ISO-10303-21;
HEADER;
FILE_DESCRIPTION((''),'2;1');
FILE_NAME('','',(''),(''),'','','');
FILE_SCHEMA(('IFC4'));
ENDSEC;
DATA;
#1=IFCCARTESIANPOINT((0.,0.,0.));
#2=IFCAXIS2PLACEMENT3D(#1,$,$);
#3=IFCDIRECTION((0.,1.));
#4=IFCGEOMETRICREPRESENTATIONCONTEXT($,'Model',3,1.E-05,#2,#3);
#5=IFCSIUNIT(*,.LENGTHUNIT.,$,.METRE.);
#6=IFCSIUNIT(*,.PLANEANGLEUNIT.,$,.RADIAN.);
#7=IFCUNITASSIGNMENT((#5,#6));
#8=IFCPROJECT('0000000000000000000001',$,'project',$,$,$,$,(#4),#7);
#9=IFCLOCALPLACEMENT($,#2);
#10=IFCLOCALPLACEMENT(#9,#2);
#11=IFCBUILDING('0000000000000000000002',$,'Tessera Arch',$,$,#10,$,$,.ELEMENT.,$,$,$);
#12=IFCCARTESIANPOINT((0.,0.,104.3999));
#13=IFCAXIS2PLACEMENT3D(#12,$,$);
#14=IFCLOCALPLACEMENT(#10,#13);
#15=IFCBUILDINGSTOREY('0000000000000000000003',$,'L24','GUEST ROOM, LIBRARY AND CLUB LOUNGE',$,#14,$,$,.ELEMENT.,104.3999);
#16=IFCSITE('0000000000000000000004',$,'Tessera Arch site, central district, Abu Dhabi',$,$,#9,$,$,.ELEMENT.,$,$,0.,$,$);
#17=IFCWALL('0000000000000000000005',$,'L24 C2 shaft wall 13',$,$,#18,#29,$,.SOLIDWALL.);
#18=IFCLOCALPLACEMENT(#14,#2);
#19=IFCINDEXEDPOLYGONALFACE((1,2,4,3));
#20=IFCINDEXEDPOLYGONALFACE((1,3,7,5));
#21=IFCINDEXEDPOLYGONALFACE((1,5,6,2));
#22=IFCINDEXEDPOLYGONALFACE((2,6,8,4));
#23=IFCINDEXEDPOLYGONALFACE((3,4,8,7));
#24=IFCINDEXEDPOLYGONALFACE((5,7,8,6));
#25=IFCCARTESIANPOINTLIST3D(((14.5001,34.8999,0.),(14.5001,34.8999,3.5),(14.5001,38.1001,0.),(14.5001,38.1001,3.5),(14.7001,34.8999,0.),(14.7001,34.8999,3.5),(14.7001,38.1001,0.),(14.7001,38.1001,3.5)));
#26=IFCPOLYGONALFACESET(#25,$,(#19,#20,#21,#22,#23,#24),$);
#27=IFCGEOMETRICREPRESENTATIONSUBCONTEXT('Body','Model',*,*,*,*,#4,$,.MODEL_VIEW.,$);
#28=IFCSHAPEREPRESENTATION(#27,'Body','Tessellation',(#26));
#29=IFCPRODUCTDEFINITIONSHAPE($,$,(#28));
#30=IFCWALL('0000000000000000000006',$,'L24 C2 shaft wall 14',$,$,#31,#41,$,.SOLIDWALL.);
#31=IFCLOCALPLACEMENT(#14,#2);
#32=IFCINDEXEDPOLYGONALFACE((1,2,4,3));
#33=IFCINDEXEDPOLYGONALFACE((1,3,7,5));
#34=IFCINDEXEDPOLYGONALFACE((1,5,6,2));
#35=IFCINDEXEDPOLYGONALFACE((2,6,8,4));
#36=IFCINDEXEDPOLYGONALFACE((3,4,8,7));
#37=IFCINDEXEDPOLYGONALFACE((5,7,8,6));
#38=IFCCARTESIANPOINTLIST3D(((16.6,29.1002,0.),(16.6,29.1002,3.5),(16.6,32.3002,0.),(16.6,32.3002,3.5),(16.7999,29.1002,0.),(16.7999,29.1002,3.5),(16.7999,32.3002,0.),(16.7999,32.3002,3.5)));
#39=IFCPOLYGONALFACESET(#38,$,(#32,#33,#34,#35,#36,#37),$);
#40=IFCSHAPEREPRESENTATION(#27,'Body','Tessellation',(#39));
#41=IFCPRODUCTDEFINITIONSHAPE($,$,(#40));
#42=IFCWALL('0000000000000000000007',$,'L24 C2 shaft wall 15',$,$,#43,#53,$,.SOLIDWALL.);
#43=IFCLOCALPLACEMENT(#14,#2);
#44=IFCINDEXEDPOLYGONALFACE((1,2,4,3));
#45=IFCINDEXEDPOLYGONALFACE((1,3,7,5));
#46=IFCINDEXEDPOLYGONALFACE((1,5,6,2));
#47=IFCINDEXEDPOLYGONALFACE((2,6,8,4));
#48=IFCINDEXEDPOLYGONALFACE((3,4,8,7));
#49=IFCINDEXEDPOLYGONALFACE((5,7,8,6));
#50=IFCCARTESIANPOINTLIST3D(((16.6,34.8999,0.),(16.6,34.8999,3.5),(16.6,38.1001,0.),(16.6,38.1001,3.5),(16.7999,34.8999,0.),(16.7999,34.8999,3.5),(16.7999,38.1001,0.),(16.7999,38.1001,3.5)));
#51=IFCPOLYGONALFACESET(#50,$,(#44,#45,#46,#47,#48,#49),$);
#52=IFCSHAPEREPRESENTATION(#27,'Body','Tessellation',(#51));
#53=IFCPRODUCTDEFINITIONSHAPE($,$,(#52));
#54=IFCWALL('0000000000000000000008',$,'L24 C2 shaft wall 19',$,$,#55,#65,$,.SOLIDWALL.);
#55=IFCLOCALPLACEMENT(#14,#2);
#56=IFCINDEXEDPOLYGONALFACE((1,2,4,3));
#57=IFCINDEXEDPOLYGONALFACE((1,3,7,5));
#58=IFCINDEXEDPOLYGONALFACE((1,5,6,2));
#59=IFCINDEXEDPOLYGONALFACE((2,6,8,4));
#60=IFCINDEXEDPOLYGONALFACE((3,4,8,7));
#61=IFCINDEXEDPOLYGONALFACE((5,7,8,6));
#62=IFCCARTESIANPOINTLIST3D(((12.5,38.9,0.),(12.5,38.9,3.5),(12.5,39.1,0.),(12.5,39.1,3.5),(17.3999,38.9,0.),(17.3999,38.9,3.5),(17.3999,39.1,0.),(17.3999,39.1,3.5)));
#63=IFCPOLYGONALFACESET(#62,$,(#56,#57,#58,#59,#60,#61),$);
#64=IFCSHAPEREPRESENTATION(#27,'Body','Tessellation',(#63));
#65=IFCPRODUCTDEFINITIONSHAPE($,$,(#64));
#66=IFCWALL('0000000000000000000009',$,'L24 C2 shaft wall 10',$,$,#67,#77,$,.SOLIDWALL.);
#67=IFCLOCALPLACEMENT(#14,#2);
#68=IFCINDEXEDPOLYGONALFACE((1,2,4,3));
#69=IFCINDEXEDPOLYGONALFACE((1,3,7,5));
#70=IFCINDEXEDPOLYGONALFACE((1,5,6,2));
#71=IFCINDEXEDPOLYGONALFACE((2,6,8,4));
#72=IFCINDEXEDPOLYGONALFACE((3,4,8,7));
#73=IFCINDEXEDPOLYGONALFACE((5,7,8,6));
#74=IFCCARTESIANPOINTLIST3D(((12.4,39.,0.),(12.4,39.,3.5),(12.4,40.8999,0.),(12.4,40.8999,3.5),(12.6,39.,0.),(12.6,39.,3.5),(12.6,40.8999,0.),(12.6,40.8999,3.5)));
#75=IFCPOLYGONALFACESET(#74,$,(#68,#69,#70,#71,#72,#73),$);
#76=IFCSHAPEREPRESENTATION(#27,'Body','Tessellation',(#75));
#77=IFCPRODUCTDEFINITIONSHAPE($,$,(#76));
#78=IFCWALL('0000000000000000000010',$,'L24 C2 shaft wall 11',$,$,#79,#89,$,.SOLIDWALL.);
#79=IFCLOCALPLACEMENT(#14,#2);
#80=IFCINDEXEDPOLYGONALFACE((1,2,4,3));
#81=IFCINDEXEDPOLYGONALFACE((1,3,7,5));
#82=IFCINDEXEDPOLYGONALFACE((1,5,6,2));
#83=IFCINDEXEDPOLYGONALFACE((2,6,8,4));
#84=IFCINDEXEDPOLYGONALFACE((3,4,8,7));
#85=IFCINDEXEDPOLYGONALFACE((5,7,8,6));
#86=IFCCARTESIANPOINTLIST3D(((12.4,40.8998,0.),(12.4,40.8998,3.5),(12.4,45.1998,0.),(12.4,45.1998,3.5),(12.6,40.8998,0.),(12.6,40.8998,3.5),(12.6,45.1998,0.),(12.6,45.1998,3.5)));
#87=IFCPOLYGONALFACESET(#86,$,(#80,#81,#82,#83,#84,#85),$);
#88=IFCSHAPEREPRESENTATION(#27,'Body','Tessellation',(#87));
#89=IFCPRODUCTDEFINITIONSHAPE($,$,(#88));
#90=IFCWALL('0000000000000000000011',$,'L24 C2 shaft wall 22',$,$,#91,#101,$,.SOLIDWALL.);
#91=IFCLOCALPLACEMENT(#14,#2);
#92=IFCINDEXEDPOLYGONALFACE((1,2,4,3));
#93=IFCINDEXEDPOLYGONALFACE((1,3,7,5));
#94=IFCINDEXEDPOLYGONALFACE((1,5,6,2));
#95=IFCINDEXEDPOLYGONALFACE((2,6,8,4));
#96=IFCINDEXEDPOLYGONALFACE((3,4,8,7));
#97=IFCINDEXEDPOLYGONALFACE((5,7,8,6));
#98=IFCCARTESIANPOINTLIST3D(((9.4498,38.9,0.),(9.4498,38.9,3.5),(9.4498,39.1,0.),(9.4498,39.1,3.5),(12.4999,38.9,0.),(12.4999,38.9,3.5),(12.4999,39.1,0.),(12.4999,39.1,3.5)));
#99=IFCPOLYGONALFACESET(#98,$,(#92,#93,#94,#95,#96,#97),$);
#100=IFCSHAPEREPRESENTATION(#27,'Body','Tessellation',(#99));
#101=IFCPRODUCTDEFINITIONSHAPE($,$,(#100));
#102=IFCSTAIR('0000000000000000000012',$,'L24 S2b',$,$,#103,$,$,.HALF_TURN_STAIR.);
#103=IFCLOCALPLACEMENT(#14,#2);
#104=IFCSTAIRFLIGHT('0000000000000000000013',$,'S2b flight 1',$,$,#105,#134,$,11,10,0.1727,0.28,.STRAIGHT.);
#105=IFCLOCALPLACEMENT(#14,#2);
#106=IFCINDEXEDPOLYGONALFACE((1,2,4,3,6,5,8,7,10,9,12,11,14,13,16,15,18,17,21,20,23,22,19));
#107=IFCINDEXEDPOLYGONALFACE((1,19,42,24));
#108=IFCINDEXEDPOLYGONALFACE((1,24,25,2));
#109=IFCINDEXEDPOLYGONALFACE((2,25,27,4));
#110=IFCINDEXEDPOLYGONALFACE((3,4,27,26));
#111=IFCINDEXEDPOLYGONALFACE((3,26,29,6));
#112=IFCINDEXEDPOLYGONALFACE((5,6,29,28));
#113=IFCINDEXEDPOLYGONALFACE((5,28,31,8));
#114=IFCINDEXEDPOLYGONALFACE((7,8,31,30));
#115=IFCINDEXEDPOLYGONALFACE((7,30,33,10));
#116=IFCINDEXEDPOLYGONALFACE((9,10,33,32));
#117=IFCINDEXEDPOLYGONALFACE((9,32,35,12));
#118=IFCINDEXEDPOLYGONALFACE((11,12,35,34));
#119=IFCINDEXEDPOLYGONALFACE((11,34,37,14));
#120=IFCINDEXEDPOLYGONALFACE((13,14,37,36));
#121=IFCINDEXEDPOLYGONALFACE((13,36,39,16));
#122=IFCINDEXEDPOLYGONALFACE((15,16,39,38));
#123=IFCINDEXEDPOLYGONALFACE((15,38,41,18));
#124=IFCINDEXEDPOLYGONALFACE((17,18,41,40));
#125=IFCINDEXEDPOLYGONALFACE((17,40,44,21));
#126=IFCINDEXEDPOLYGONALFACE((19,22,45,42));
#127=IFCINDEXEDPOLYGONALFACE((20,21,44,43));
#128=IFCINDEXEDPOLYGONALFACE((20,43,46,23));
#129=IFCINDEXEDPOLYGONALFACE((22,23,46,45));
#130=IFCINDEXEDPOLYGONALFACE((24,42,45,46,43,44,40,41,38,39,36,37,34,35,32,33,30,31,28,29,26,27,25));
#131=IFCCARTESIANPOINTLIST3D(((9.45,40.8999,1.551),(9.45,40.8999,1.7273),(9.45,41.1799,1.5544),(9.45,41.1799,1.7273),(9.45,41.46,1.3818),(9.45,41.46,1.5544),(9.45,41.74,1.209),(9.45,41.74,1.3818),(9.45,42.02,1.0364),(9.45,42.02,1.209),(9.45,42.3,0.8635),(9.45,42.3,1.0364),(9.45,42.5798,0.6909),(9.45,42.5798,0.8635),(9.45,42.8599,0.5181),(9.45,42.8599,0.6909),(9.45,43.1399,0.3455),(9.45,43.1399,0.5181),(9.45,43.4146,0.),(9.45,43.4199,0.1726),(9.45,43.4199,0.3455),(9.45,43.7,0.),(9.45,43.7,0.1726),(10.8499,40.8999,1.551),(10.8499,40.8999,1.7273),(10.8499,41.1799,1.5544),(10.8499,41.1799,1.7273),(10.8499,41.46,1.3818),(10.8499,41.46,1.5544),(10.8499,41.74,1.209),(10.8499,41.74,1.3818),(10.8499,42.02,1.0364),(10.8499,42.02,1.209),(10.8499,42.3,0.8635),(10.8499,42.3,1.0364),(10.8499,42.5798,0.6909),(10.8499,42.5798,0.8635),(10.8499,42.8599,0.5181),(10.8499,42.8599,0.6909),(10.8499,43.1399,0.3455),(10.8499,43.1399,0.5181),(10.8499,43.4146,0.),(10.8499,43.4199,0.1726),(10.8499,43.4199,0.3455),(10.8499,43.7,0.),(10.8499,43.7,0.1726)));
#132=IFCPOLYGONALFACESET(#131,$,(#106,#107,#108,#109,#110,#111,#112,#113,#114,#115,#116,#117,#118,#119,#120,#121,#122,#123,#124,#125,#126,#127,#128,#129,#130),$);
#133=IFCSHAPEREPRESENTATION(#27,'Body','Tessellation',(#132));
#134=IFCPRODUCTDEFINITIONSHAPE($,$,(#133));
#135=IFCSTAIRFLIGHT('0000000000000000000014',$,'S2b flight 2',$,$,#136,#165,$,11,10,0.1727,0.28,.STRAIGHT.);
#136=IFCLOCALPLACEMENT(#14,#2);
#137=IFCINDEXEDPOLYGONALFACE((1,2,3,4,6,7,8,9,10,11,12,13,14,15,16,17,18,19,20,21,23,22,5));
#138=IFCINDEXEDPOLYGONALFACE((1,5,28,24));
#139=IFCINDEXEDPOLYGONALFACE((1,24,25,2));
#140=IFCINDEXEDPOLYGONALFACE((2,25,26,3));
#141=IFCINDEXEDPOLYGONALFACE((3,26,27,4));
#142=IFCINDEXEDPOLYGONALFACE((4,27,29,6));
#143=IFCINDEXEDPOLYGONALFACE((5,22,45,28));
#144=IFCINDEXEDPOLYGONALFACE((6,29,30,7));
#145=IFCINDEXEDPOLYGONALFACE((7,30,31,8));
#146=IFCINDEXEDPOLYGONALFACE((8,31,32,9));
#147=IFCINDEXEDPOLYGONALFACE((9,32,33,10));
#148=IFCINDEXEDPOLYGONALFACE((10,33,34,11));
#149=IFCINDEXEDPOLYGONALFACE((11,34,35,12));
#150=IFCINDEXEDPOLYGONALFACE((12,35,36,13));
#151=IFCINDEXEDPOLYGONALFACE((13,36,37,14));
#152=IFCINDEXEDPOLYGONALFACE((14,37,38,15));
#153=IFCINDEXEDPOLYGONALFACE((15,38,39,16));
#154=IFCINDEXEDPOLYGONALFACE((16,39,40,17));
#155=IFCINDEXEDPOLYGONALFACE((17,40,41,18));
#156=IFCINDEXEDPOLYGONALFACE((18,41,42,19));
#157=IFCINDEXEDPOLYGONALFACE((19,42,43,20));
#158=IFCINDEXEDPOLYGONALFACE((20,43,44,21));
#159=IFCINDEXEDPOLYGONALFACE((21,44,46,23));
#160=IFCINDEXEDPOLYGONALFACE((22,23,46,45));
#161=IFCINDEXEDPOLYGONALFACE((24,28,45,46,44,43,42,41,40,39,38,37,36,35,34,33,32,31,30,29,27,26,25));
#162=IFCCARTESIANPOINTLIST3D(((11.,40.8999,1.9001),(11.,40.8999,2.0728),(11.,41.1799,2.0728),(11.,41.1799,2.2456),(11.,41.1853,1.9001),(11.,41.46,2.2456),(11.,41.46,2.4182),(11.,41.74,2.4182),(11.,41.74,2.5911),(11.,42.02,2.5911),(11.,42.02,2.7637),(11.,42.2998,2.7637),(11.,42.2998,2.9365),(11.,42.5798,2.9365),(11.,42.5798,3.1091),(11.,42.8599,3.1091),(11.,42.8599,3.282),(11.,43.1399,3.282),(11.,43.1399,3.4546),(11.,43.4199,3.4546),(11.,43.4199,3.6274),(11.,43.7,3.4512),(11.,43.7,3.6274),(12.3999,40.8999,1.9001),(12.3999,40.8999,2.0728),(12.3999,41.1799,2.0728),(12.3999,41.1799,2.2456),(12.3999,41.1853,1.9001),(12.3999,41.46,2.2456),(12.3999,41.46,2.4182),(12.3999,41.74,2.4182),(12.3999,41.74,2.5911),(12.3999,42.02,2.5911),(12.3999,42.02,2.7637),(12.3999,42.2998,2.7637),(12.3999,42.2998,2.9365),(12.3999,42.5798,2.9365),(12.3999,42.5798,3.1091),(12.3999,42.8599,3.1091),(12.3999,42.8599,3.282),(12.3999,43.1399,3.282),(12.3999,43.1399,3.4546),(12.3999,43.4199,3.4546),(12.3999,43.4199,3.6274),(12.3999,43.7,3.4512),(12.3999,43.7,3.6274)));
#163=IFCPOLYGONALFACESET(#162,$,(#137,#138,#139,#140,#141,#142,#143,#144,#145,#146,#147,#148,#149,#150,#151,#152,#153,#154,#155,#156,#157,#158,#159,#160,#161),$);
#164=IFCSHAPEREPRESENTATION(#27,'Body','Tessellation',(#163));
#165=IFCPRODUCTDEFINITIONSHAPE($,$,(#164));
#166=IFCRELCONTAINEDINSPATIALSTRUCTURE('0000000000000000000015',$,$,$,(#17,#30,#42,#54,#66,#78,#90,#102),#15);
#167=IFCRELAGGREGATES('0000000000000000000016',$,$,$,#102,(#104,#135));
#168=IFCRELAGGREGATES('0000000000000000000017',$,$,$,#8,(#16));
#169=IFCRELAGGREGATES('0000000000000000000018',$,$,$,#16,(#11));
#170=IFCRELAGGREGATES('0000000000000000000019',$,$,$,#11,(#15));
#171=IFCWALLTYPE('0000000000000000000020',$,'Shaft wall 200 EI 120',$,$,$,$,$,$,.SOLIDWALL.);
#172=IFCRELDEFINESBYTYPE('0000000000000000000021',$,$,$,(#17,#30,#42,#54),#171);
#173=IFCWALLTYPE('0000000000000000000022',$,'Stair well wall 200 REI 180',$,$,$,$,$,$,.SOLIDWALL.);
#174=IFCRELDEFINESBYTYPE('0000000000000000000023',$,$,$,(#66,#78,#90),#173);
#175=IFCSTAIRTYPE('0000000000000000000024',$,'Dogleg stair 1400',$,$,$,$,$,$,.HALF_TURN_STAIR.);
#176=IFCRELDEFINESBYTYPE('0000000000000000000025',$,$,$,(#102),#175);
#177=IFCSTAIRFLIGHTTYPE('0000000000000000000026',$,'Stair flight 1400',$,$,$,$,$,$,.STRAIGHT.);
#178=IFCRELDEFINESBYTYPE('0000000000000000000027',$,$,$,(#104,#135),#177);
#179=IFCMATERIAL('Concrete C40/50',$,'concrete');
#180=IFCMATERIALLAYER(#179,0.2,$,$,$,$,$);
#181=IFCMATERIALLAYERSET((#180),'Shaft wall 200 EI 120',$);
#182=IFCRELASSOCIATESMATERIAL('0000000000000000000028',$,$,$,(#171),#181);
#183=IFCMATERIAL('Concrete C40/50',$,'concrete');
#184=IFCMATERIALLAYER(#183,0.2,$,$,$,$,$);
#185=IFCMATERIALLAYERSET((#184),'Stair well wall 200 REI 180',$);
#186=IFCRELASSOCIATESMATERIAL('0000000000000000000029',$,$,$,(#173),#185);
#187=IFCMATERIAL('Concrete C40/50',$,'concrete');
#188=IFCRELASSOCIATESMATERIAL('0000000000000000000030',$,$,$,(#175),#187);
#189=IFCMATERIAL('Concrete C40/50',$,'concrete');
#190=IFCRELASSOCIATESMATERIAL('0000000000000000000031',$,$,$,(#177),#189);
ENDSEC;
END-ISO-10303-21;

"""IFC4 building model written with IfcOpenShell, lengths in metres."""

from ifc_helpers import new_model, si_unit, direction, frame, frame_2d, origin, place, context, subcontext, project, spatial, polyline, rectangle, outline, extrude, material, layer, layer_set, type_object, element, aggregate, save


model = new_model("IFC4")

# Units and contexts
model_context = context("Model", 3, precision=1e-05, world=origin(), true_north=direction((0.0, 1.0)))
body_context = subcontext(model_context, "Body", "Model", "MODEL_VIEW")
ifc_project = project(units=[si_unit("LENGTHUNIT", "METRE"), si_unit("PLANEANGLEUNIT", "RADIAN")], contexts=[model_context])

# Site, building, storey
site_placement = place(None, origin())
site = spatial("IfcSite", under=ifc_project, at=site_placement, Name="Tessera Arch site, central district, Abu Dhabi", CompositionType="ELEMENT", RefElevation=0.0)
building_placement = place(site_placement, origin())
building = spatial("IfcBuilding", under=site, at=building_placement, Name="Tessera Arch", CompositionType="ELEMENT")
storey_placement = place(building_placement, frame((0.0, 0.0, 104.3999)))
storey = spatial("IfcBuildingStorey", under=building, at=storey_placement, Name="L24", Description="GUEST ROOM, LIBRARY AND CLUB LOUNGE", CompositionType="ELEMENT", Elevation=104.3999)

# Walls
ifc_material_1 = material(Name="Concrete C40/50", Category="concrete")
ifc_layer_1 = layer(ifc_material_1, 0.2)
ifc_layer_set_1 = layer_set([ifc_layer_1], Name="Shaft wall 200 EI 120")
wall_type_1 = type_object("IfcWallType", Name="Shaft wall 200 EI 120", PredefinedType="SOLIDWALL", material=ifc_layer_set_1)
wall_1_placement = place(storey_placement, frame((14.6001, 34.8999, 0.0), z_axis=(0.0, 0.0, 1.0), x_axis=(0.0, 1.0, 0.0)))
element("IfcWall", 1, at=wall_1_placement, inside=storey, type_object=wall_type_1, Name="L24 C2 shaft wall 13", PredefinedType="SOLIDWALL", context=body_context, shape_type="SweptSolid", body=[
    extrude(rectangle(XDim=3.2002, YDim=0.2, at=frame_2d((1.6001, 0.0))), origin(), (0.0, 0.0, 1.0), 3.5),
])
wall_2_placement = place(storey_placement, frame((16.7, 29.1001, 0.0), z_axis=(0.0, 0.0, 1.0), x_axis=(0.0, 1.0, 0.0)))
element("IfcWall", 2, at=wall_2_placement, inside=storey, type_object=wall_type_1, Name="L24 C2 shaft wall 14", PredefinedType="SOLIDWALL", context=body_context, shape_type="SweptSolid", body=[
    extrude(rectangle(XDim=3.2, YDim=0.2, at=frame_2d((1.6001, 0.0))), origin(), (0.0, 0.0, 1.0), 3.5),
])
wall_3_placement = place(storey_placement, frame((16.7, 34.8999, 0.0), z_axis=(0.0, 0.0, 1.0), x_axis=(0.0, 1.0, 0.0)))
element("IfcWall", 3, at=wall_3_placement, inside=storey, type_object=wall_type_1, Name="L24 C2 shaft wall 15", PredefinedType="SOLIDWALL", context=body_context, shape_type="SweptSolid", body=[
    extrude(rectangle(XDim=3.2002, YDim=0.2, at=frame_2d((1.6001, 0.0))), origin(), (0.0, 0.0, 1.0), 3.5),
])
wall_4_placement = place(storey_placement, frame((12.5, 39.0, 0.0), z_axis=(0.0, 0.0, 1.0), x_axis=(1.0, 0.0, 0.0)))
element("IfcWall", 4, at=wall_4_placement, inside=storey, type_object=wall_type_1, Name="L24 C2 shaft wall 19", PredefinedType="SOLIDWALL", context=body_context, shape_type="SweptSolid", body=[
    extrude(rectangle(XDim=4.8999, YDim=0.2, at=frame_2d((2.45, 0.0))), origin(), (0.0, 0.0, 1.0), 3.5),
])
ifc_material_2 = material(Name="Concrete C40/50", Category="concrete")
ifc_layer_2 = layer(ifc_material_2, 0.2)
ifc_layer_set_2 = layer_set([ifc_layer_2], Name="Stair well wall 200 REI 180")
wall_type_2 = type_object("IfcWallType", Name="Stair well wall 200 REI 180", PredefinedType="SOLIDWALL", material=ifc_layer_set_2)
wall_5_placement = place(storey_placement, frame((12.5, 39.0, 0.0), z_axis=(0.0, 0.0, 1.0), x_axis=(0.0, 1.0, 0.0)))
element("IfcWall", 5, at=wall_5_placement, inside=storey, type_object=wall_type_2, Name="L24 C2 shaft wall 10", PredefinedType="SOLIDWALL", context=body_context, shape_type="SweptSolid", body=[
    extrude(rectangle(XDim=1.8999, YDim=0.2, at=frame_2d((0.95, 0.0))), origin(), (0.0, 0.0, 1.0), 3.5),
])
wall_6_placement = place(storey_placement, frame((12.5, 40.8999, 0.0), z_axis=(0.0, 0.0, 1.0), x_axis=(0.0, 1.0, 0.0)))
element("IfcWall", 6, at=wall_6_placement, inside=storey, type_object=wall_type_2, Name="L24 C2 shaft wall 11", PredefinedType="SOLIDWALL", context=body_context, shape_type="SweptSolid", body=[
    extrude(rectangle(XDim=4.3, YDim=0.2, at=frame_2d((2.1499, 0.0))), origin(), (0.0, 0.0, 1.0), 3.5),
])
wall_7_placement = place(storey_placement, frame((9.45, 39.0, 0.0), z_axis=(0.0, 0.0, 1.0), x_axis=(1.0, 0.0, 0.0)))
element("IfcWall", 7, at=wall_7_placement, inside=storey, type_object=wall_type_2, Name="L24 C2 shaft wall 22", PredefinedType="SOLIDWALL", context=body_context, shape_type="SweptSolid", body=[
    extrude(rectangle(XDim=3.05, YDim=0.2, at=frame_2d((1.5249, 0.0))), origin(), (0.0, 0.0, 1.0), 3.5),
])

# Stair, stair flights
ifc_material_3 = material(Name="Concrete C40/50", Category="concrete")
stair_type = type_object("IfcStairType", Name="Dogleg stair 1400", PredefinedType="HALF_TURN_STAIR", material=ifc_material_3)
stair_placement = place(storey_placement, origin())
stair = element("IfcStair", 8, at=stair_placement, inside=storey, type_object=stair_type, Name="L24 S2b", PredefinedType="HALF_TURN_STAIR")
ifc_material_4 = material(Name="Concrete C40/50", Category="concrete")
stair_flight_type = type_object("IfcStairFlightType", Name="Stair flight 1400", PredefinedType="STRAIGHT", material=ifc_material_4)
stair_flight_1_placement = place(storey_placement, frame((10.1499, 43.7, 0.0), z_axis=(0.0, 0.0, 1.0), x_axis=(0.0, -1.0, 0.0)))
stair_flight_1 = element("IfcStairFlight", 9, at=stair_flight_1_placement, type_object=stair_flight_type, Name="S2b flight 1", NumberOfRisers=11, NumberOfTreads=10, PredefinedType="STRAIGHT", RiserHeight=0.1727, TreadLength=0.28, context=body_context, shape_type="SweptSolid", body=[
    extrude(outline(polyline([(0.0, 0.0), (0.0, 0.1726), (0.28, 0.1726), (0.28, 0.3455), (0.5601, 0.3455), (0.5601, 0.5181), (0.8401, 0.5181), (0.8401, 0.6909), (1.1201, 0.6909), (1.1201, 0.8635), (1.3999, 0.8635), (1.3999, 1.0364), (1.6799, 1.0364), (1.6799, 1.209), (1.96, 1.209), (1.96, 1.3818), (2.24, 1.3818), (2.24, 1.5544), (2.52, 1.5544), (2.52, 1.7273), (2.8, 1.7273), (2.8, 1.8999), (2.8, 1.551), (0.2854, 0.0), (0.0, 0.0)])), frame((0.0, 0.7, 0.0), z_axis=(0.0, -1.0, 0.0), x_axis=(1.0, 0.0, 0.0)), (0.0, 0.0, 1.0), 1.3999),
])
stair_flight_2_placement = place(storey_placement, frame((11.7, 40.8999, 1.9001), z_axis=(0.0, 0.0, 1.0), x_axis=(0.0, 1.0, 0.0)))
stair_flight_2 = element("IfcStairFlight", 10, at=stair_flight_2_placement, type_object=stair_flight_type, Name="S2b flight 2", NumberOfRisers=11, NumberOfTreads=10, PredefinedType="STRAIGHT", RiserHeight=0.1727, TreadLength=0.28, context=body_context, shape_type="SweptSolid", body=[
    extrude(outline(polyline([(0.0, 0.0), (0.0, 0.1726), (0.28, 0.1726), (0.28, 0.3455), (0.5601, 0.3455), (0.5601, 0.5181), (0.8401, 0.5181), (0.8401, 0.6909), (1.1201, 0.6909), (1.1201, 0.8635), (1.3999, 0.8635), (1.3999, 1.0364), (1.6799, 1.0364), (1.6799, 1.209), (1.96, 1.209), (1.96, 1.3818), (2.24, 1.3818), (2.24, 1.5544), (2.52, 1.5544), (2.52, 1.7273), (2.8, 1.7273), (2.8, 1.8999), (2.8, 1.551), (0.2854, 0.0), (0.0, 0.0)])), frame((0.0, 0.7, 0.0), z_axis=(0.0, -1.0, 0.0), x_axis=(1.0, 0.0, 0.0)), (0.0, 0.0, 1.0), 1.3999),
])
aggregate(stair, [stair_flight_1, stair_flight_2])

save(model, "model.ifc")
